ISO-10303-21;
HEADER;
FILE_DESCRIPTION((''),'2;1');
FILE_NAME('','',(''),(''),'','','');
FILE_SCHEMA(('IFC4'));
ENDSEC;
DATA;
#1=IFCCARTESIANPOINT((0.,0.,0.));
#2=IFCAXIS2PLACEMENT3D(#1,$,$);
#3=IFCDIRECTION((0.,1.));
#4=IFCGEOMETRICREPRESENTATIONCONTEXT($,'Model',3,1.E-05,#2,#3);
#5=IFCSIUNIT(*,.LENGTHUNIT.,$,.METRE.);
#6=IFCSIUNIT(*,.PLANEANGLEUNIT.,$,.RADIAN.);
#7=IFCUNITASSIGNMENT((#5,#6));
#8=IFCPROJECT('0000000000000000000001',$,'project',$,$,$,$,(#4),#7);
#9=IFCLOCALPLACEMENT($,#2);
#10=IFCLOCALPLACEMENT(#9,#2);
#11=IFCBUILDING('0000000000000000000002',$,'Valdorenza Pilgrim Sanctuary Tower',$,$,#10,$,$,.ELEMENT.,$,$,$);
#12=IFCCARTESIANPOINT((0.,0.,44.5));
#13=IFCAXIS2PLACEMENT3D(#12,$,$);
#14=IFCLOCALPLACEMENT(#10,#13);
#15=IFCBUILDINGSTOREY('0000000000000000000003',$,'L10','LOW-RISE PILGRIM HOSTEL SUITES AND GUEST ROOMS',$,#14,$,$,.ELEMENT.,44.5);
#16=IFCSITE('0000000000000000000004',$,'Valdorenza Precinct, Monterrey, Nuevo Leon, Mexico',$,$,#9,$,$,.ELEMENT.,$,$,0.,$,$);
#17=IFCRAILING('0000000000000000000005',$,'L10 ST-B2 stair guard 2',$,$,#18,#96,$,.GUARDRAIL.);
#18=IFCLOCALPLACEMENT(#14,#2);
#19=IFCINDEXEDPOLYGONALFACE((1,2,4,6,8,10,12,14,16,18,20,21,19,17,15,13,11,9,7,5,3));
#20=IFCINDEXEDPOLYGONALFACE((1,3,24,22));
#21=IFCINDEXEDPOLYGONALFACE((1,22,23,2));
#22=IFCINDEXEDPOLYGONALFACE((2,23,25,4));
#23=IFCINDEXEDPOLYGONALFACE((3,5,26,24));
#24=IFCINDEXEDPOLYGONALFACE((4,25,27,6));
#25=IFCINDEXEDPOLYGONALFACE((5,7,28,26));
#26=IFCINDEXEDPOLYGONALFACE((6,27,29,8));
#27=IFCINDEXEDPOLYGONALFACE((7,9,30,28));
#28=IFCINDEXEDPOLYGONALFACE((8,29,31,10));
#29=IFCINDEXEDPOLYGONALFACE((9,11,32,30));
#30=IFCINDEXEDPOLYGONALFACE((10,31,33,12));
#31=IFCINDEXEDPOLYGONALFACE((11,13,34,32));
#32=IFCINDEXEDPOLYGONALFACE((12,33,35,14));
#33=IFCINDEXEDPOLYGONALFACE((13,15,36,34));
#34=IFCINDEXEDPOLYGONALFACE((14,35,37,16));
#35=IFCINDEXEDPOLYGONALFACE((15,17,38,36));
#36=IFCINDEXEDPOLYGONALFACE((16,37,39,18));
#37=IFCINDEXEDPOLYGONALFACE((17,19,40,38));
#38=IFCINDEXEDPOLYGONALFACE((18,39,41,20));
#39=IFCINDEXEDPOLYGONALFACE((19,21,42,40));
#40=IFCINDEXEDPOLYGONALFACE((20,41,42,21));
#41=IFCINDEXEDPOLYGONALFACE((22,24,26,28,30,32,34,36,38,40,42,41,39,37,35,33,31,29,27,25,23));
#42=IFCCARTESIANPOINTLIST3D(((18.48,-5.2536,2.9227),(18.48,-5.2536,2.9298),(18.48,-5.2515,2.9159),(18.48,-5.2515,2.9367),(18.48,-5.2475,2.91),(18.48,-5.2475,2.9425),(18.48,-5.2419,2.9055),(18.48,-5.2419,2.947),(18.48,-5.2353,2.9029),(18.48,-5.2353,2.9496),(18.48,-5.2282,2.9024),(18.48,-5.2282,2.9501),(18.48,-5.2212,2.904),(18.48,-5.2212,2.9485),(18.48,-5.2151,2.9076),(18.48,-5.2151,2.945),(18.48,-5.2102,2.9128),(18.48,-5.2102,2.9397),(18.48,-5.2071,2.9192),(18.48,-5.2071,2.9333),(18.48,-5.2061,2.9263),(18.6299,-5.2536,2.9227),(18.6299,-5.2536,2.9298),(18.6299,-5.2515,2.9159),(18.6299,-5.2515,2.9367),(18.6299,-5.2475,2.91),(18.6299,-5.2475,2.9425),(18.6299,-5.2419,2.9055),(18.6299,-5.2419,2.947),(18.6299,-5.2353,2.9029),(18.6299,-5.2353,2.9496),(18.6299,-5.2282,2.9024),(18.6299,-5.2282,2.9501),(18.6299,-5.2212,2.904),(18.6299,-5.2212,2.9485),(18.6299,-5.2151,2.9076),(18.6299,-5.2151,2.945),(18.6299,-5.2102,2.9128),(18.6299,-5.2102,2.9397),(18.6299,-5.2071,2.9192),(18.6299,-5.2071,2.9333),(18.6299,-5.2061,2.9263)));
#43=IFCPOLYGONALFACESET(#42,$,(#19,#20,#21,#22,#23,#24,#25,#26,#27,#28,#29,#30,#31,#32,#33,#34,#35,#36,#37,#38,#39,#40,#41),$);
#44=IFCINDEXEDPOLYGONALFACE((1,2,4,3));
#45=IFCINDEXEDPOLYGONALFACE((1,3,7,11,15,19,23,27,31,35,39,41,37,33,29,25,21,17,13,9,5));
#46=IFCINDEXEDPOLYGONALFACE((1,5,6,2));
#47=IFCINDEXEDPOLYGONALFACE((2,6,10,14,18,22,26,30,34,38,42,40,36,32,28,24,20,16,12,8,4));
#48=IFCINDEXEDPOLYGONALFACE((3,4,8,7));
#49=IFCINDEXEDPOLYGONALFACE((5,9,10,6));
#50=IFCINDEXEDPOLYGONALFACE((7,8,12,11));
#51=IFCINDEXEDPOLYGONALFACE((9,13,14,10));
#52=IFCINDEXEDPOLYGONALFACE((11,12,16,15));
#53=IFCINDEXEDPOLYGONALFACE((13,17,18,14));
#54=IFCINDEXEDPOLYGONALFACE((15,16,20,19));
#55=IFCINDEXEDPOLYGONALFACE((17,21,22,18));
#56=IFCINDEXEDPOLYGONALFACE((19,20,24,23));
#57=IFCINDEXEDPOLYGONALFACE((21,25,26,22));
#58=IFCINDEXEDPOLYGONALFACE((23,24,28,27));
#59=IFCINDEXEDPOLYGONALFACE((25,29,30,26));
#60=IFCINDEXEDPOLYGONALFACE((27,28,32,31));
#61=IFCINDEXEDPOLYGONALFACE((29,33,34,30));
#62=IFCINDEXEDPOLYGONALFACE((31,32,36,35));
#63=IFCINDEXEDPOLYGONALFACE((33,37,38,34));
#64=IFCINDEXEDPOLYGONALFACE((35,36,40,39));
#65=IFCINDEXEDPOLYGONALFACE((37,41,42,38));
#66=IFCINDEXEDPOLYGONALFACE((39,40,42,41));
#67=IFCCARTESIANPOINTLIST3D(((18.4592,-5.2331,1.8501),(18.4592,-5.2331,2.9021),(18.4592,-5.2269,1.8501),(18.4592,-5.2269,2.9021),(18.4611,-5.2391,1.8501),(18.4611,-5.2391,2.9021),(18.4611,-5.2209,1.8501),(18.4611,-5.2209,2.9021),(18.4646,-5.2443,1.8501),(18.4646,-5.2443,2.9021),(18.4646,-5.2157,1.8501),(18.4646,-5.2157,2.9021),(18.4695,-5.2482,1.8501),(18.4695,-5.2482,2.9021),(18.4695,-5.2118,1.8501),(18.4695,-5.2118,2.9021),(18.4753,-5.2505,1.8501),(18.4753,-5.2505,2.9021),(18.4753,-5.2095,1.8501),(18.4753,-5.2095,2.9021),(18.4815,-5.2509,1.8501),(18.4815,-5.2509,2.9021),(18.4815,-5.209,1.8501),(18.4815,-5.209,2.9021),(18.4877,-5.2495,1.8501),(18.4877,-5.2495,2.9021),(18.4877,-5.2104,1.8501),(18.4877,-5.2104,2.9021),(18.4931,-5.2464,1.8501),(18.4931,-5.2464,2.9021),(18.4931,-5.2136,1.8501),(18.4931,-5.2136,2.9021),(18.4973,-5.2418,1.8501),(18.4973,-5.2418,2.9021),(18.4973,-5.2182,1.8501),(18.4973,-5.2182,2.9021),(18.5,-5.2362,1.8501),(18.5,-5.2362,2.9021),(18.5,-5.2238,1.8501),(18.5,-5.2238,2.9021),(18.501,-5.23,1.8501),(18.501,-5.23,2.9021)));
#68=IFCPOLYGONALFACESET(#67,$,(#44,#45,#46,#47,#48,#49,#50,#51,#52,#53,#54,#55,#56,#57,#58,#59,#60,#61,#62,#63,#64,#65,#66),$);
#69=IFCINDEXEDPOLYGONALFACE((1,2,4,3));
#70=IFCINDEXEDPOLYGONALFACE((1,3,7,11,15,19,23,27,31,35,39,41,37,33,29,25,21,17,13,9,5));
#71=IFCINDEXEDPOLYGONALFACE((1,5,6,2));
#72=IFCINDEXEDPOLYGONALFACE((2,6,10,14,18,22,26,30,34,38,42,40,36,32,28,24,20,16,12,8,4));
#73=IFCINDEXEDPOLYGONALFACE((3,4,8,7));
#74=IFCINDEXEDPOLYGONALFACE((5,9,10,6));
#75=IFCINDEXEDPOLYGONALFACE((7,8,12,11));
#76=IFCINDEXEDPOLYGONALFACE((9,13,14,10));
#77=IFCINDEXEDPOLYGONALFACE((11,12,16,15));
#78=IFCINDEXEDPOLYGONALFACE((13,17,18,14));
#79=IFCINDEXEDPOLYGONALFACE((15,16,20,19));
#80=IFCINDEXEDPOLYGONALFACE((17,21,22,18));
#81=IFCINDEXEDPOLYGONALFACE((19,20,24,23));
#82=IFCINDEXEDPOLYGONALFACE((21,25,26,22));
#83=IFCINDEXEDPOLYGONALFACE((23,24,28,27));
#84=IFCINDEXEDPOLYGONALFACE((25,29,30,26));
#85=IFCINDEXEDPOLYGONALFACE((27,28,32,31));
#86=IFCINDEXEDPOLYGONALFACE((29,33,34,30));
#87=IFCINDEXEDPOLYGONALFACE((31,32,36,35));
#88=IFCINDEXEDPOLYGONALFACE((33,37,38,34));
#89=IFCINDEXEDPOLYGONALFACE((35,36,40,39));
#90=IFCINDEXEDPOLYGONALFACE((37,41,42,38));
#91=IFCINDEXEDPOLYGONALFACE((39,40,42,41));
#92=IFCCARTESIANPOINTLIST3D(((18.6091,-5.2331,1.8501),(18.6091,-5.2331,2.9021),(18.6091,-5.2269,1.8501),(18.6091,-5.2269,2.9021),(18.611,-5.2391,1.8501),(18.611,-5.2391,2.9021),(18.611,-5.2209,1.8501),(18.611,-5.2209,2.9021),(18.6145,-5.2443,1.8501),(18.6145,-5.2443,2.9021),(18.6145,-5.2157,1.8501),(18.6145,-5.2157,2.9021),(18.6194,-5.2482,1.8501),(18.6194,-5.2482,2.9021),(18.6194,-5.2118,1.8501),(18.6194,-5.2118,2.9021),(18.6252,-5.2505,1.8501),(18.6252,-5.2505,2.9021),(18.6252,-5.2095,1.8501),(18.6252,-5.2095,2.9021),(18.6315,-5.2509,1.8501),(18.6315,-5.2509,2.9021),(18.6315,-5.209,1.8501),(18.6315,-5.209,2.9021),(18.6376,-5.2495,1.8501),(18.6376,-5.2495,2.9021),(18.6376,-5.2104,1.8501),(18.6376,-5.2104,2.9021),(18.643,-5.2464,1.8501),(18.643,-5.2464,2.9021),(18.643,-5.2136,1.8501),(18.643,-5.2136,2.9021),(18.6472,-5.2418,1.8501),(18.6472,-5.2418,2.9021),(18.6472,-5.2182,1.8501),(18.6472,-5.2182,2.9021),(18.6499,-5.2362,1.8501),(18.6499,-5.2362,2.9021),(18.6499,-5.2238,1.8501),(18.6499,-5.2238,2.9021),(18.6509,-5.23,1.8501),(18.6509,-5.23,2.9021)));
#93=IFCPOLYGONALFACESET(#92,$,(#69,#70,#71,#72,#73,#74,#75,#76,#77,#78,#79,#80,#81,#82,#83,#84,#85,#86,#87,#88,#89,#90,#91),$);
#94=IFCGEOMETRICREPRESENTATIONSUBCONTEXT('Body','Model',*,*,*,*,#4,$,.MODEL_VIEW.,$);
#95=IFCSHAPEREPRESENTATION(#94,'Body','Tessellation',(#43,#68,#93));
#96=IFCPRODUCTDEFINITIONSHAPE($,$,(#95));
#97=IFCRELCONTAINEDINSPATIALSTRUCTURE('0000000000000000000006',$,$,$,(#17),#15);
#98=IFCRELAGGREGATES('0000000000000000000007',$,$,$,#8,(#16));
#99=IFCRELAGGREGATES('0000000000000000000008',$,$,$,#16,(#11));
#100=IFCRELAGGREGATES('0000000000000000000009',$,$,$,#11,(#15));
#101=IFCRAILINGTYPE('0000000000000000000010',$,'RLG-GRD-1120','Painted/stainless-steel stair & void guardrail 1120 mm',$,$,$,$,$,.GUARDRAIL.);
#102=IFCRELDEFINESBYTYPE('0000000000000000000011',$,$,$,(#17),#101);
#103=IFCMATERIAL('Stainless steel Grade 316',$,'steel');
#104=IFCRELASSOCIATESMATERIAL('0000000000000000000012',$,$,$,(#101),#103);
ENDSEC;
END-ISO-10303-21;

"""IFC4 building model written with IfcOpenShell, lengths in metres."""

from ifc_helpers import new_model, si_unit, direction, frame, origin, origin_2d, place, context, subcontext, project, spatial, circle, extrude, material, type_object, element, save


model = new_model("IFC4")

# Units and contexts
model_context = context("Model", 3, precision=1e-05, world=origin(), true_north=direction((0.0, 1.0)))
body_context = subcontext(model_context, "Body", "Model", "MODEL_VIEW")
ifc_project = project(units=[si_unit("LENGTHUNIT", "METRE"), si_unit("PLANEANGLEUNIT", "RADIAN")], contexts=[model_context])

# Site, building, storey
site_placement = place(None, origin())
site = spatial("IfcSite", under=ifc_project, at=site_placement, Name="Valdorenza Precinct, Monterrey, Nuevo Leon, Mexico", CompositionType="ELEMENT", RefElevation=0.0)
building_placement = place(site_placement, origin())
building = spatial("IfcBuilding", under=site, at=building_placement, Name="Valdorenza Pilgrim Sanctuary Tower", CompositionType="ELEMENT")
storey_placement = place(building_placement, frame((0.0, 0.0, 44.5)))
storey = spatial("IfcBuildingStorey", under=building, at=storey_placement, Name="L10", Description="LOW-RISE PILGRIM HOSTEL SUITES AND GUEST ROOMS", CompositionType="ELEMENT", Elevation=44.5)

# Railing
ifc_material_1 = material(Name="Stainless steel Grade 316", Category="steel")
railing_type_1 = type_object("IfcRailingType", Name="RLG-GRD-1120", Description="Painted/stainless-steel stair & void guardrail 1120 mm", PredefinedType="GUARDRAIL", material=ifc_material_1)
railing_1_placement = place(storey_placement, frame((18.48, -5.23, 1.8501)))
element("IfcRailing", 1, at=railing_1_placement, inside=storey, type_object=railing_type_1, Name="L10 ST-B2 stair guard 2", PredefinedType="GUARDRAIL", context=body_context, shape_type="SweptSolid", body=[
    extrude(circle(Radius=0.0239, at=origin_2d()), frame((0.0, 0.0, 1.0762), z_axis=(1.0, 0.0, 0.0), x_axis=(0.0, 1.0, 0.0)), (0.0, 0.0, 1.0), 0.1499),
    extrude(circle(Radius=0.021, at=origin_2d()), origin(), (0.0, 0.0, 1.0), 1.052),
    extrude(circle(Radius=0.021, at=origin_2d()), frame((0.1499, 0.0, 0.0)), (0.0, 0.0, 1.0), 1.052),
])

save(model, "model.ifc")
